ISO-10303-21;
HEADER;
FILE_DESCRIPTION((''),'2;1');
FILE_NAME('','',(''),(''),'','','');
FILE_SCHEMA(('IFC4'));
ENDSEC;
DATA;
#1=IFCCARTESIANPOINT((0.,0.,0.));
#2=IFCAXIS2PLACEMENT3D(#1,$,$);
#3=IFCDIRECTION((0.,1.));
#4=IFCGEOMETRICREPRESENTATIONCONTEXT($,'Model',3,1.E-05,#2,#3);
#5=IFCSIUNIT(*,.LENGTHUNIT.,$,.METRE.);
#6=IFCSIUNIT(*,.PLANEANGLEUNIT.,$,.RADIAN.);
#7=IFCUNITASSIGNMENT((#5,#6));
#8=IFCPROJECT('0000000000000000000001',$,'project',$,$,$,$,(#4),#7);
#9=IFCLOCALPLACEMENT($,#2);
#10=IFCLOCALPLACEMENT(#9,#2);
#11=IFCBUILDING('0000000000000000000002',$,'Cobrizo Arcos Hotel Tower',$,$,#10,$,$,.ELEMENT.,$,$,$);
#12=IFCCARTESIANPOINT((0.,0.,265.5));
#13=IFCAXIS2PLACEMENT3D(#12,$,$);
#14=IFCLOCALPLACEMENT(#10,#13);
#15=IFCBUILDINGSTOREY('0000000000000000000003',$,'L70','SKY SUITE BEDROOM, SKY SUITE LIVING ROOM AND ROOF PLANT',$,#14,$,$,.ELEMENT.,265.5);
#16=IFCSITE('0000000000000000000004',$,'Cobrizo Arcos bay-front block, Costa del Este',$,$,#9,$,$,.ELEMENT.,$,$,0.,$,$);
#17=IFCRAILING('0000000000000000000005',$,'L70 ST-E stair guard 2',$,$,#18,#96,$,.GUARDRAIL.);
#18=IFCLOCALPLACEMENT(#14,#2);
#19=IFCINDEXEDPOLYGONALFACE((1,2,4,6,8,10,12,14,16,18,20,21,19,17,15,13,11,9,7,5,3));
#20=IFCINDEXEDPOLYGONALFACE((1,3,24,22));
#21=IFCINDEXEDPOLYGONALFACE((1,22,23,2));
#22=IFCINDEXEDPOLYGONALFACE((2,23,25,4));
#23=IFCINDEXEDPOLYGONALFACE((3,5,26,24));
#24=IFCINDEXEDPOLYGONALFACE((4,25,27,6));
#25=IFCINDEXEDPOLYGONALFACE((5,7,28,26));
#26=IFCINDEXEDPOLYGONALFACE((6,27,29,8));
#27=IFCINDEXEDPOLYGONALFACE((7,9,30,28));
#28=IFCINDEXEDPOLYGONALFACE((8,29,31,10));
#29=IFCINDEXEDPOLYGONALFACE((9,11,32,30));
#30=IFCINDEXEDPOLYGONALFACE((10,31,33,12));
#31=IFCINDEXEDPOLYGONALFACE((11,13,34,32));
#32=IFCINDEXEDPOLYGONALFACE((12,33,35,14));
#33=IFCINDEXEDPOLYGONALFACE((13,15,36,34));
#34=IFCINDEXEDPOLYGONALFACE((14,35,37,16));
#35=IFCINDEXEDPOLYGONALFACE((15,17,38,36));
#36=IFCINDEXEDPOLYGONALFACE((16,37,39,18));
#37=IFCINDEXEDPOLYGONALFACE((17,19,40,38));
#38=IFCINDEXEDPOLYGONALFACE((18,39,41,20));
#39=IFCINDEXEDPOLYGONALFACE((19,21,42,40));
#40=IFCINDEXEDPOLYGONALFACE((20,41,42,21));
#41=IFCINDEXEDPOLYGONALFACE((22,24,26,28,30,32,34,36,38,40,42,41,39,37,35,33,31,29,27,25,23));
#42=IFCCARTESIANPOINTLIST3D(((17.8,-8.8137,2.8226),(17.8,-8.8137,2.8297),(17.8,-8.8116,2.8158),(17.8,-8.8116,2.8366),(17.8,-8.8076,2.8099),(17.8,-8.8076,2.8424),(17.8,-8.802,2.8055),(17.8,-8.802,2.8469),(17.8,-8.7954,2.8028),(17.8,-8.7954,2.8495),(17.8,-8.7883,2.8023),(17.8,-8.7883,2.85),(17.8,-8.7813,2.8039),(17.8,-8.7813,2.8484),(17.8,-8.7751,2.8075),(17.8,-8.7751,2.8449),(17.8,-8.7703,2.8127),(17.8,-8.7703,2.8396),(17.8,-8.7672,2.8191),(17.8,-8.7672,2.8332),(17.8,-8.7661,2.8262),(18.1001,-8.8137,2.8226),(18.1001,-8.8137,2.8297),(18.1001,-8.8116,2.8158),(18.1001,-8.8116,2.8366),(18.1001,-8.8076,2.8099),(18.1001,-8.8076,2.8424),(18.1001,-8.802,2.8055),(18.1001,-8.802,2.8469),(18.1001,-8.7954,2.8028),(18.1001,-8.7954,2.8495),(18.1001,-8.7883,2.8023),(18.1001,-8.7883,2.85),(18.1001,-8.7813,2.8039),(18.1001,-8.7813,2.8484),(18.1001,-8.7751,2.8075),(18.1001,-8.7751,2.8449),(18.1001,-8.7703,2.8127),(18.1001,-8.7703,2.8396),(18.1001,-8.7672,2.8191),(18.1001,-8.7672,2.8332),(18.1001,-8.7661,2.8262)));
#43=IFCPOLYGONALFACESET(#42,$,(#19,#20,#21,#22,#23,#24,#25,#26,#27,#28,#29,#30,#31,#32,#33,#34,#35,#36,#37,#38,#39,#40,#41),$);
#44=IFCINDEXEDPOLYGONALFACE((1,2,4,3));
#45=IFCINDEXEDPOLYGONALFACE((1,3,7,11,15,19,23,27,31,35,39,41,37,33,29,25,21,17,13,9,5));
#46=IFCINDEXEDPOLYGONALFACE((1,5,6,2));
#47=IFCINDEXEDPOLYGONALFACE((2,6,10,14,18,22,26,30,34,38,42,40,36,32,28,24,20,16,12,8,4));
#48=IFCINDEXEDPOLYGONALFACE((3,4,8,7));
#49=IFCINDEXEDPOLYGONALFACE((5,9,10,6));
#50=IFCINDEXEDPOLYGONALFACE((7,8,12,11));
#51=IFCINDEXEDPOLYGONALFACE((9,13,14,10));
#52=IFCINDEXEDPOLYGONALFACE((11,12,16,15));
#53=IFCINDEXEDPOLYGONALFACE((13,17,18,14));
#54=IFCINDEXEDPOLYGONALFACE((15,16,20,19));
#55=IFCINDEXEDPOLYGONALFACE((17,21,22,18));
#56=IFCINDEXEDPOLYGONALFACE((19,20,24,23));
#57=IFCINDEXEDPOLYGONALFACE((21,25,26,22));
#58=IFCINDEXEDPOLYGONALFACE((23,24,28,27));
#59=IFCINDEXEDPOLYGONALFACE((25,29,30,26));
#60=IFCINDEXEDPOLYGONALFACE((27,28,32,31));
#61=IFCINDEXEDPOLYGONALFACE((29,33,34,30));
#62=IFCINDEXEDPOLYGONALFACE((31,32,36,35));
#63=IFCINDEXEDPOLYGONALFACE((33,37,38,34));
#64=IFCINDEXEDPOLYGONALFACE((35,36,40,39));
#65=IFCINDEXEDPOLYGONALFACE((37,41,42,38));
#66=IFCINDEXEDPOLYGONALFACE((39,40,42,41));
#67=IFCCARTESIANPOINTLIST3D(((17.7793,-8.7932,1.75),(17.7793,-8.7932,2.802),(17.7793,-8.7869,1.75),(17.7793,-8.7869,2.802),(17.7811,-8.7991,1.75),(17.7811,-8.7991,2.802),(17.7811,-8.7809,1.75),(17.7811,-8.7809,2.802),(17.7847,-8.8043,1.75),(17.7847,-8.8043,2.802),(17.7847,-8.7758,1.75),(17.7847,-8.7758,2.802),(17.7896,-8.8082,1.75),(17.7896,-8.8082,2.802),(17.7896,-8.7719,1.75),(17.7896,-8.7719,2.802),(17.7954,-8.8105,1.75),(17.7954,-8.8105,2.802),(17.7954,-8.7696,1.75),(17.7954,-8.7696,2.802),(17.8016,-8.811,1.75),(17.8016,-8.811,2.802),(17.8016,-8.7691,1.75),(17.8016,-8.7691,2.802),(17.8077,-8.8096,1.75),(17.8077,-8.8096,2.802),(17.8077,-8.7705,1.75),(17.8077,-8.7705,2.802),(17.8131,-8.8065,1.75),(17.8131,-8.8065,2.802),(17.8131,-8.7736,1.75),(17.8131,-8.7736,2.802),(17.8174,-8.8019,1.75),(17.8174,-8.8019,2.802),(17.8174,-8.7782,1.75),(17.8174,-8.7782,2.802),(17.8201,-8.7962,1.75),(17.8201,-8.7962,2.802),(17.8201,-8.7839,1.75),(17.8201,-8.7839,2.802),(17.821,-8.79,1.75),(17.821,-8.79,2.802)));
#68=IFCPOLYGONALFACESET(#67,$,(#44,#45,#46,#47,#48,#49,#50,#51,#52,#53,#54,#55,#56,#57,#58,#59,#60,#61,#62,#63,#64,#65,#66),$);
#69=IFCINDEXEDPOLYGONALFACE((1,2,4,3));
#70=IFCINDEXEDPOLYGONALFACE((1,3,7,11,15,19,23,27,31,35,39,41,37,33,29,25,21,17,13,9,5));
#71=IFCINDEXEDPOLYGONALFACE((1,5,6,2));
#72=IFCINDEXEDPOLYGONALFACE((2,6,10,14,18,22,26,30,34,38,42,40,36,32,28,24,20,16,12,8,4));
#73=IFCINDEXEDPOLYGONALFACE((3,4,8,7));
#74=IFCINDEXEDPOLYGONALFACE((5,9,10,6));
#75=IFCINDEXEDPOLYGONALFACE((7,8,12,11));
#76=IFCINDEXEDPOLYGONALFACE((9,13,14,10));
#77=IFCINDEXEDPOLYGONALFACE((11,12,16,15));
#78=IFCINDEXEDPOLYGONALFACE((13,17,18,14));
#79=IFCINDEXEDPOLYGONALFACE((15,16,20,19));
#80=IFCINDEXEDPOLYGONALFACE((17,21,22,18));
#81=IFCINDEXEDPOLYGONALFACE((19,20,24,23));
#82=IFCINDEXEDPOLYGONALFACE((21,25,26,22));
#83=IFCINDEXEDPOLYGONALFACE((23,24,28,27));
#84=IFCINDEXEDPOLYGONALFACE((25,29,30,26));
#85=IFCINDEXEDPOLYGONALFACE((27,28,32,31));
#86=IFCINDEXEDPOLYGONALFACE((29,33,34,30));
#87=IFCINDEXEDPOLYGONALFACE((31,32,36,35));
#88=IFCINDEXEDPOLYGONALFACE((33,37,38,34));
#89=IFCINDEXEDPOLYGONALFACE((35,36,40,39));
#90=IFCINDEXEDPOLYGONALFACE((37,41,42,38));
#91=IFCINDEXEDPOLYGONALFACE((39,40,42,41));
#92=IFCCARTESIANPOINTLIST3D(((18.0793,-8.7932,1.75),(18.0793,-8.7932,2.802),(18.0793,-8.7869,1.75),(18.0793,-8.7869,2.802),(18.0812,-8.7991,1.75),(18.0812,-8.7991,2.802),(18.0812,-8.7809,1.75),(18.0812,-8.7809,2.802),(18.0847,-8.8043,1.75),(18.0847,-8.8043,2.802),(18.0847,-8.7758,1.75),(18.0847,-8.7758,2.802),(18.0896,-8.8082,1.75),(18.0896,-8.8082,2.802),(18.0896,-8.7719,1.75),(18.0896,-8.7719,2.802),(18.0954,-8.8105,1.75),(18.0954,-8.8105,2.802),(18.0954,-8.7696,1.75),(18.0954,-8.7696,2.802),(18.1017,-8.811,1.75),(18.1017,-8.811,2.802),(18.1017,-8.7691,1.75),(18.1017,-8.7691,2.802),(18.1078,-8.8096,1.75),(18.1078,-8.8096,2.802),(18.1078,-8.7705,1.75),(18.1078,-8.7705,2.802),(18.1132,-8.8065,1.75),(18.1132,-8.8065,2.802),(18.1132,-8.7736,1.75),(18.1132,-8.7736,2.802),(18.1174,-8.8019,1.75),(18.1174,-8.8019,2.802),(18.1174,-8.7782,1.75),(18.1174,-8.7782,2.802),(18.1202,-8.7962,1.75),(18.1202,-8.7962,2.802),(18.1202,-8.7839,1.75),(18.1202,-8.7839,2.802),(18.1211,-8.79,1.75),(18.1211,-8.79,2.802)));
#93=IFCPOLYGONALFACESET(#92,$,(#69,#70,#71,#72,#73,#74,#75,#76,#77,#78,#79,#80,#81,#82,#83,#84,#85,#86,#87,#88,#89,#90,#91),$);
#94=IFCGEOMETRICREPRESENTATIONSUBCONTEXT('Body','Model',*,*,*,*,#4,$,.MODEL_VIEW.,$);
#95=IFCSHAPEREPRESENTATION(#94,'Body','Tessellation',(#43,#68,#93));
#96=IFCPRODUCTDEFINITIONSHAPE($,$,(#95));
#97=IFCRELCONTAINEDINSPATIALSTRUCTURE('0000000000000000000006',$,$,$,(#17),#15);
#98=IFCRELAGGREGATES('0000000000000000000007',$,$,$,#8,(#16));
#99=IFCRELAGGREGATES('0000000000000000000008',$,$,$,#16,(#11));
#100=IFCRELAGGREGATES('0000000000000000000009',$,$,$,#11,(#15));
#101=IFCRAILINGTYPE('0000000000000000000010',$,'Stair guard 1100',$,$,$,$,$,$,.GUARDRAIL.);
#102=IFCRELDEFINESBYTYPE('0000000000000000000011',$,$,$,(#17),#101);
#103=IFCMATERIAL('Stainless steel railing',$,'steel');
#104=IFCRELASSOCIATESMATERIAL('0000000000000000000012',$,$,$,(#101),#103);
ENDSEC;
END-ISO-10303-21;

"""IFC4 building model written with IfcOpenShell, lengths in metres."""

from ifc_helpers import new_model, si_unit, direction, frame, origin, origin_2d, place, context, subcontext, project, spatial, circle, extrude, material, type_object, element, save


model = new_model("IFC4")

# Units and contexts
model_context = context("Model", 3, precision=1e-05, world=origin(), true_north=direction((0.0, 1.0)))
body_context = subcontext(model_context, "Body", "Model", "MODEL_VIEW")
ifc_project = project(units=[si_unit("LENGTHUNIT", "METRE"), si_unit("PLANEANGLEUNIT", "RADIAN")], contexts=[model_context])

# Site, building, storey
site_placement = place(None, origin())
site = spatial("IfcSite", under=ifc_project, at=site_placement, Name="Cobrizo Arcos bay-front block, Costa del Este", CompositionType="ELEMENT", RefElevation=0.0)
building_placement = place(site_placement, origin())
building = spatial("IfcBuilding", under=site, at=building_placement, Name="Cobrizo Arcos Hotel Tower", CompositionType="ELEMENT")
storey_placement = place(building_placement, frame((0.0, 0.0, 265.5)))
storey = spatial("IfcBuildingStorey", under=building, at=storey_placement, Name="L70", Description="SKY SUITE BEDROOM, SKY SUITE LIVING ROOM AND ROOF PLANT", CompositionType="ELEMENT", Elevation=265.5)

# Railing
ifc_material_1 = material(Name="Stainless steel railing", Category="steel")
railing_type_1 = type_object("IfcRailingType", Name="Stair guard 1100", PredefinedType="GUARDRAIL", material=ifc_material_1)
railing_1_placement = place(storey_placement, frame((17.8, -8.79, 1.75)))
element("IfcRailing", 1, at=railing_1_placement, inside=storey, type_object=railing_type_1, Name="L70 ST-E stair guard 2", PredefinedType="GUARDRAIL", context=body_context, shape_type="SweptSolid", body=[
    extrude(circle(Radius=0.0239, at=origin_2d()), frame((0.0, 0.0, 1.0762), z_axis=(1.0, 0.0, 0.0), x_axis=(0.0, 1.0, 0.0)), (0.0, 0.0, 1.0), 0.3),
    extrude(circle(Radius=0.021, at=origin_2d()), origin(), (0.0, 0.0, 1.0), 1.052),
    extrude(circle(Radius=0.021, at=origin_2d()), frame((0.3, 0.0, 0.0)), (0.0, 0.0, 1.0), 1.052),
])

save(model, "model.ifc")
